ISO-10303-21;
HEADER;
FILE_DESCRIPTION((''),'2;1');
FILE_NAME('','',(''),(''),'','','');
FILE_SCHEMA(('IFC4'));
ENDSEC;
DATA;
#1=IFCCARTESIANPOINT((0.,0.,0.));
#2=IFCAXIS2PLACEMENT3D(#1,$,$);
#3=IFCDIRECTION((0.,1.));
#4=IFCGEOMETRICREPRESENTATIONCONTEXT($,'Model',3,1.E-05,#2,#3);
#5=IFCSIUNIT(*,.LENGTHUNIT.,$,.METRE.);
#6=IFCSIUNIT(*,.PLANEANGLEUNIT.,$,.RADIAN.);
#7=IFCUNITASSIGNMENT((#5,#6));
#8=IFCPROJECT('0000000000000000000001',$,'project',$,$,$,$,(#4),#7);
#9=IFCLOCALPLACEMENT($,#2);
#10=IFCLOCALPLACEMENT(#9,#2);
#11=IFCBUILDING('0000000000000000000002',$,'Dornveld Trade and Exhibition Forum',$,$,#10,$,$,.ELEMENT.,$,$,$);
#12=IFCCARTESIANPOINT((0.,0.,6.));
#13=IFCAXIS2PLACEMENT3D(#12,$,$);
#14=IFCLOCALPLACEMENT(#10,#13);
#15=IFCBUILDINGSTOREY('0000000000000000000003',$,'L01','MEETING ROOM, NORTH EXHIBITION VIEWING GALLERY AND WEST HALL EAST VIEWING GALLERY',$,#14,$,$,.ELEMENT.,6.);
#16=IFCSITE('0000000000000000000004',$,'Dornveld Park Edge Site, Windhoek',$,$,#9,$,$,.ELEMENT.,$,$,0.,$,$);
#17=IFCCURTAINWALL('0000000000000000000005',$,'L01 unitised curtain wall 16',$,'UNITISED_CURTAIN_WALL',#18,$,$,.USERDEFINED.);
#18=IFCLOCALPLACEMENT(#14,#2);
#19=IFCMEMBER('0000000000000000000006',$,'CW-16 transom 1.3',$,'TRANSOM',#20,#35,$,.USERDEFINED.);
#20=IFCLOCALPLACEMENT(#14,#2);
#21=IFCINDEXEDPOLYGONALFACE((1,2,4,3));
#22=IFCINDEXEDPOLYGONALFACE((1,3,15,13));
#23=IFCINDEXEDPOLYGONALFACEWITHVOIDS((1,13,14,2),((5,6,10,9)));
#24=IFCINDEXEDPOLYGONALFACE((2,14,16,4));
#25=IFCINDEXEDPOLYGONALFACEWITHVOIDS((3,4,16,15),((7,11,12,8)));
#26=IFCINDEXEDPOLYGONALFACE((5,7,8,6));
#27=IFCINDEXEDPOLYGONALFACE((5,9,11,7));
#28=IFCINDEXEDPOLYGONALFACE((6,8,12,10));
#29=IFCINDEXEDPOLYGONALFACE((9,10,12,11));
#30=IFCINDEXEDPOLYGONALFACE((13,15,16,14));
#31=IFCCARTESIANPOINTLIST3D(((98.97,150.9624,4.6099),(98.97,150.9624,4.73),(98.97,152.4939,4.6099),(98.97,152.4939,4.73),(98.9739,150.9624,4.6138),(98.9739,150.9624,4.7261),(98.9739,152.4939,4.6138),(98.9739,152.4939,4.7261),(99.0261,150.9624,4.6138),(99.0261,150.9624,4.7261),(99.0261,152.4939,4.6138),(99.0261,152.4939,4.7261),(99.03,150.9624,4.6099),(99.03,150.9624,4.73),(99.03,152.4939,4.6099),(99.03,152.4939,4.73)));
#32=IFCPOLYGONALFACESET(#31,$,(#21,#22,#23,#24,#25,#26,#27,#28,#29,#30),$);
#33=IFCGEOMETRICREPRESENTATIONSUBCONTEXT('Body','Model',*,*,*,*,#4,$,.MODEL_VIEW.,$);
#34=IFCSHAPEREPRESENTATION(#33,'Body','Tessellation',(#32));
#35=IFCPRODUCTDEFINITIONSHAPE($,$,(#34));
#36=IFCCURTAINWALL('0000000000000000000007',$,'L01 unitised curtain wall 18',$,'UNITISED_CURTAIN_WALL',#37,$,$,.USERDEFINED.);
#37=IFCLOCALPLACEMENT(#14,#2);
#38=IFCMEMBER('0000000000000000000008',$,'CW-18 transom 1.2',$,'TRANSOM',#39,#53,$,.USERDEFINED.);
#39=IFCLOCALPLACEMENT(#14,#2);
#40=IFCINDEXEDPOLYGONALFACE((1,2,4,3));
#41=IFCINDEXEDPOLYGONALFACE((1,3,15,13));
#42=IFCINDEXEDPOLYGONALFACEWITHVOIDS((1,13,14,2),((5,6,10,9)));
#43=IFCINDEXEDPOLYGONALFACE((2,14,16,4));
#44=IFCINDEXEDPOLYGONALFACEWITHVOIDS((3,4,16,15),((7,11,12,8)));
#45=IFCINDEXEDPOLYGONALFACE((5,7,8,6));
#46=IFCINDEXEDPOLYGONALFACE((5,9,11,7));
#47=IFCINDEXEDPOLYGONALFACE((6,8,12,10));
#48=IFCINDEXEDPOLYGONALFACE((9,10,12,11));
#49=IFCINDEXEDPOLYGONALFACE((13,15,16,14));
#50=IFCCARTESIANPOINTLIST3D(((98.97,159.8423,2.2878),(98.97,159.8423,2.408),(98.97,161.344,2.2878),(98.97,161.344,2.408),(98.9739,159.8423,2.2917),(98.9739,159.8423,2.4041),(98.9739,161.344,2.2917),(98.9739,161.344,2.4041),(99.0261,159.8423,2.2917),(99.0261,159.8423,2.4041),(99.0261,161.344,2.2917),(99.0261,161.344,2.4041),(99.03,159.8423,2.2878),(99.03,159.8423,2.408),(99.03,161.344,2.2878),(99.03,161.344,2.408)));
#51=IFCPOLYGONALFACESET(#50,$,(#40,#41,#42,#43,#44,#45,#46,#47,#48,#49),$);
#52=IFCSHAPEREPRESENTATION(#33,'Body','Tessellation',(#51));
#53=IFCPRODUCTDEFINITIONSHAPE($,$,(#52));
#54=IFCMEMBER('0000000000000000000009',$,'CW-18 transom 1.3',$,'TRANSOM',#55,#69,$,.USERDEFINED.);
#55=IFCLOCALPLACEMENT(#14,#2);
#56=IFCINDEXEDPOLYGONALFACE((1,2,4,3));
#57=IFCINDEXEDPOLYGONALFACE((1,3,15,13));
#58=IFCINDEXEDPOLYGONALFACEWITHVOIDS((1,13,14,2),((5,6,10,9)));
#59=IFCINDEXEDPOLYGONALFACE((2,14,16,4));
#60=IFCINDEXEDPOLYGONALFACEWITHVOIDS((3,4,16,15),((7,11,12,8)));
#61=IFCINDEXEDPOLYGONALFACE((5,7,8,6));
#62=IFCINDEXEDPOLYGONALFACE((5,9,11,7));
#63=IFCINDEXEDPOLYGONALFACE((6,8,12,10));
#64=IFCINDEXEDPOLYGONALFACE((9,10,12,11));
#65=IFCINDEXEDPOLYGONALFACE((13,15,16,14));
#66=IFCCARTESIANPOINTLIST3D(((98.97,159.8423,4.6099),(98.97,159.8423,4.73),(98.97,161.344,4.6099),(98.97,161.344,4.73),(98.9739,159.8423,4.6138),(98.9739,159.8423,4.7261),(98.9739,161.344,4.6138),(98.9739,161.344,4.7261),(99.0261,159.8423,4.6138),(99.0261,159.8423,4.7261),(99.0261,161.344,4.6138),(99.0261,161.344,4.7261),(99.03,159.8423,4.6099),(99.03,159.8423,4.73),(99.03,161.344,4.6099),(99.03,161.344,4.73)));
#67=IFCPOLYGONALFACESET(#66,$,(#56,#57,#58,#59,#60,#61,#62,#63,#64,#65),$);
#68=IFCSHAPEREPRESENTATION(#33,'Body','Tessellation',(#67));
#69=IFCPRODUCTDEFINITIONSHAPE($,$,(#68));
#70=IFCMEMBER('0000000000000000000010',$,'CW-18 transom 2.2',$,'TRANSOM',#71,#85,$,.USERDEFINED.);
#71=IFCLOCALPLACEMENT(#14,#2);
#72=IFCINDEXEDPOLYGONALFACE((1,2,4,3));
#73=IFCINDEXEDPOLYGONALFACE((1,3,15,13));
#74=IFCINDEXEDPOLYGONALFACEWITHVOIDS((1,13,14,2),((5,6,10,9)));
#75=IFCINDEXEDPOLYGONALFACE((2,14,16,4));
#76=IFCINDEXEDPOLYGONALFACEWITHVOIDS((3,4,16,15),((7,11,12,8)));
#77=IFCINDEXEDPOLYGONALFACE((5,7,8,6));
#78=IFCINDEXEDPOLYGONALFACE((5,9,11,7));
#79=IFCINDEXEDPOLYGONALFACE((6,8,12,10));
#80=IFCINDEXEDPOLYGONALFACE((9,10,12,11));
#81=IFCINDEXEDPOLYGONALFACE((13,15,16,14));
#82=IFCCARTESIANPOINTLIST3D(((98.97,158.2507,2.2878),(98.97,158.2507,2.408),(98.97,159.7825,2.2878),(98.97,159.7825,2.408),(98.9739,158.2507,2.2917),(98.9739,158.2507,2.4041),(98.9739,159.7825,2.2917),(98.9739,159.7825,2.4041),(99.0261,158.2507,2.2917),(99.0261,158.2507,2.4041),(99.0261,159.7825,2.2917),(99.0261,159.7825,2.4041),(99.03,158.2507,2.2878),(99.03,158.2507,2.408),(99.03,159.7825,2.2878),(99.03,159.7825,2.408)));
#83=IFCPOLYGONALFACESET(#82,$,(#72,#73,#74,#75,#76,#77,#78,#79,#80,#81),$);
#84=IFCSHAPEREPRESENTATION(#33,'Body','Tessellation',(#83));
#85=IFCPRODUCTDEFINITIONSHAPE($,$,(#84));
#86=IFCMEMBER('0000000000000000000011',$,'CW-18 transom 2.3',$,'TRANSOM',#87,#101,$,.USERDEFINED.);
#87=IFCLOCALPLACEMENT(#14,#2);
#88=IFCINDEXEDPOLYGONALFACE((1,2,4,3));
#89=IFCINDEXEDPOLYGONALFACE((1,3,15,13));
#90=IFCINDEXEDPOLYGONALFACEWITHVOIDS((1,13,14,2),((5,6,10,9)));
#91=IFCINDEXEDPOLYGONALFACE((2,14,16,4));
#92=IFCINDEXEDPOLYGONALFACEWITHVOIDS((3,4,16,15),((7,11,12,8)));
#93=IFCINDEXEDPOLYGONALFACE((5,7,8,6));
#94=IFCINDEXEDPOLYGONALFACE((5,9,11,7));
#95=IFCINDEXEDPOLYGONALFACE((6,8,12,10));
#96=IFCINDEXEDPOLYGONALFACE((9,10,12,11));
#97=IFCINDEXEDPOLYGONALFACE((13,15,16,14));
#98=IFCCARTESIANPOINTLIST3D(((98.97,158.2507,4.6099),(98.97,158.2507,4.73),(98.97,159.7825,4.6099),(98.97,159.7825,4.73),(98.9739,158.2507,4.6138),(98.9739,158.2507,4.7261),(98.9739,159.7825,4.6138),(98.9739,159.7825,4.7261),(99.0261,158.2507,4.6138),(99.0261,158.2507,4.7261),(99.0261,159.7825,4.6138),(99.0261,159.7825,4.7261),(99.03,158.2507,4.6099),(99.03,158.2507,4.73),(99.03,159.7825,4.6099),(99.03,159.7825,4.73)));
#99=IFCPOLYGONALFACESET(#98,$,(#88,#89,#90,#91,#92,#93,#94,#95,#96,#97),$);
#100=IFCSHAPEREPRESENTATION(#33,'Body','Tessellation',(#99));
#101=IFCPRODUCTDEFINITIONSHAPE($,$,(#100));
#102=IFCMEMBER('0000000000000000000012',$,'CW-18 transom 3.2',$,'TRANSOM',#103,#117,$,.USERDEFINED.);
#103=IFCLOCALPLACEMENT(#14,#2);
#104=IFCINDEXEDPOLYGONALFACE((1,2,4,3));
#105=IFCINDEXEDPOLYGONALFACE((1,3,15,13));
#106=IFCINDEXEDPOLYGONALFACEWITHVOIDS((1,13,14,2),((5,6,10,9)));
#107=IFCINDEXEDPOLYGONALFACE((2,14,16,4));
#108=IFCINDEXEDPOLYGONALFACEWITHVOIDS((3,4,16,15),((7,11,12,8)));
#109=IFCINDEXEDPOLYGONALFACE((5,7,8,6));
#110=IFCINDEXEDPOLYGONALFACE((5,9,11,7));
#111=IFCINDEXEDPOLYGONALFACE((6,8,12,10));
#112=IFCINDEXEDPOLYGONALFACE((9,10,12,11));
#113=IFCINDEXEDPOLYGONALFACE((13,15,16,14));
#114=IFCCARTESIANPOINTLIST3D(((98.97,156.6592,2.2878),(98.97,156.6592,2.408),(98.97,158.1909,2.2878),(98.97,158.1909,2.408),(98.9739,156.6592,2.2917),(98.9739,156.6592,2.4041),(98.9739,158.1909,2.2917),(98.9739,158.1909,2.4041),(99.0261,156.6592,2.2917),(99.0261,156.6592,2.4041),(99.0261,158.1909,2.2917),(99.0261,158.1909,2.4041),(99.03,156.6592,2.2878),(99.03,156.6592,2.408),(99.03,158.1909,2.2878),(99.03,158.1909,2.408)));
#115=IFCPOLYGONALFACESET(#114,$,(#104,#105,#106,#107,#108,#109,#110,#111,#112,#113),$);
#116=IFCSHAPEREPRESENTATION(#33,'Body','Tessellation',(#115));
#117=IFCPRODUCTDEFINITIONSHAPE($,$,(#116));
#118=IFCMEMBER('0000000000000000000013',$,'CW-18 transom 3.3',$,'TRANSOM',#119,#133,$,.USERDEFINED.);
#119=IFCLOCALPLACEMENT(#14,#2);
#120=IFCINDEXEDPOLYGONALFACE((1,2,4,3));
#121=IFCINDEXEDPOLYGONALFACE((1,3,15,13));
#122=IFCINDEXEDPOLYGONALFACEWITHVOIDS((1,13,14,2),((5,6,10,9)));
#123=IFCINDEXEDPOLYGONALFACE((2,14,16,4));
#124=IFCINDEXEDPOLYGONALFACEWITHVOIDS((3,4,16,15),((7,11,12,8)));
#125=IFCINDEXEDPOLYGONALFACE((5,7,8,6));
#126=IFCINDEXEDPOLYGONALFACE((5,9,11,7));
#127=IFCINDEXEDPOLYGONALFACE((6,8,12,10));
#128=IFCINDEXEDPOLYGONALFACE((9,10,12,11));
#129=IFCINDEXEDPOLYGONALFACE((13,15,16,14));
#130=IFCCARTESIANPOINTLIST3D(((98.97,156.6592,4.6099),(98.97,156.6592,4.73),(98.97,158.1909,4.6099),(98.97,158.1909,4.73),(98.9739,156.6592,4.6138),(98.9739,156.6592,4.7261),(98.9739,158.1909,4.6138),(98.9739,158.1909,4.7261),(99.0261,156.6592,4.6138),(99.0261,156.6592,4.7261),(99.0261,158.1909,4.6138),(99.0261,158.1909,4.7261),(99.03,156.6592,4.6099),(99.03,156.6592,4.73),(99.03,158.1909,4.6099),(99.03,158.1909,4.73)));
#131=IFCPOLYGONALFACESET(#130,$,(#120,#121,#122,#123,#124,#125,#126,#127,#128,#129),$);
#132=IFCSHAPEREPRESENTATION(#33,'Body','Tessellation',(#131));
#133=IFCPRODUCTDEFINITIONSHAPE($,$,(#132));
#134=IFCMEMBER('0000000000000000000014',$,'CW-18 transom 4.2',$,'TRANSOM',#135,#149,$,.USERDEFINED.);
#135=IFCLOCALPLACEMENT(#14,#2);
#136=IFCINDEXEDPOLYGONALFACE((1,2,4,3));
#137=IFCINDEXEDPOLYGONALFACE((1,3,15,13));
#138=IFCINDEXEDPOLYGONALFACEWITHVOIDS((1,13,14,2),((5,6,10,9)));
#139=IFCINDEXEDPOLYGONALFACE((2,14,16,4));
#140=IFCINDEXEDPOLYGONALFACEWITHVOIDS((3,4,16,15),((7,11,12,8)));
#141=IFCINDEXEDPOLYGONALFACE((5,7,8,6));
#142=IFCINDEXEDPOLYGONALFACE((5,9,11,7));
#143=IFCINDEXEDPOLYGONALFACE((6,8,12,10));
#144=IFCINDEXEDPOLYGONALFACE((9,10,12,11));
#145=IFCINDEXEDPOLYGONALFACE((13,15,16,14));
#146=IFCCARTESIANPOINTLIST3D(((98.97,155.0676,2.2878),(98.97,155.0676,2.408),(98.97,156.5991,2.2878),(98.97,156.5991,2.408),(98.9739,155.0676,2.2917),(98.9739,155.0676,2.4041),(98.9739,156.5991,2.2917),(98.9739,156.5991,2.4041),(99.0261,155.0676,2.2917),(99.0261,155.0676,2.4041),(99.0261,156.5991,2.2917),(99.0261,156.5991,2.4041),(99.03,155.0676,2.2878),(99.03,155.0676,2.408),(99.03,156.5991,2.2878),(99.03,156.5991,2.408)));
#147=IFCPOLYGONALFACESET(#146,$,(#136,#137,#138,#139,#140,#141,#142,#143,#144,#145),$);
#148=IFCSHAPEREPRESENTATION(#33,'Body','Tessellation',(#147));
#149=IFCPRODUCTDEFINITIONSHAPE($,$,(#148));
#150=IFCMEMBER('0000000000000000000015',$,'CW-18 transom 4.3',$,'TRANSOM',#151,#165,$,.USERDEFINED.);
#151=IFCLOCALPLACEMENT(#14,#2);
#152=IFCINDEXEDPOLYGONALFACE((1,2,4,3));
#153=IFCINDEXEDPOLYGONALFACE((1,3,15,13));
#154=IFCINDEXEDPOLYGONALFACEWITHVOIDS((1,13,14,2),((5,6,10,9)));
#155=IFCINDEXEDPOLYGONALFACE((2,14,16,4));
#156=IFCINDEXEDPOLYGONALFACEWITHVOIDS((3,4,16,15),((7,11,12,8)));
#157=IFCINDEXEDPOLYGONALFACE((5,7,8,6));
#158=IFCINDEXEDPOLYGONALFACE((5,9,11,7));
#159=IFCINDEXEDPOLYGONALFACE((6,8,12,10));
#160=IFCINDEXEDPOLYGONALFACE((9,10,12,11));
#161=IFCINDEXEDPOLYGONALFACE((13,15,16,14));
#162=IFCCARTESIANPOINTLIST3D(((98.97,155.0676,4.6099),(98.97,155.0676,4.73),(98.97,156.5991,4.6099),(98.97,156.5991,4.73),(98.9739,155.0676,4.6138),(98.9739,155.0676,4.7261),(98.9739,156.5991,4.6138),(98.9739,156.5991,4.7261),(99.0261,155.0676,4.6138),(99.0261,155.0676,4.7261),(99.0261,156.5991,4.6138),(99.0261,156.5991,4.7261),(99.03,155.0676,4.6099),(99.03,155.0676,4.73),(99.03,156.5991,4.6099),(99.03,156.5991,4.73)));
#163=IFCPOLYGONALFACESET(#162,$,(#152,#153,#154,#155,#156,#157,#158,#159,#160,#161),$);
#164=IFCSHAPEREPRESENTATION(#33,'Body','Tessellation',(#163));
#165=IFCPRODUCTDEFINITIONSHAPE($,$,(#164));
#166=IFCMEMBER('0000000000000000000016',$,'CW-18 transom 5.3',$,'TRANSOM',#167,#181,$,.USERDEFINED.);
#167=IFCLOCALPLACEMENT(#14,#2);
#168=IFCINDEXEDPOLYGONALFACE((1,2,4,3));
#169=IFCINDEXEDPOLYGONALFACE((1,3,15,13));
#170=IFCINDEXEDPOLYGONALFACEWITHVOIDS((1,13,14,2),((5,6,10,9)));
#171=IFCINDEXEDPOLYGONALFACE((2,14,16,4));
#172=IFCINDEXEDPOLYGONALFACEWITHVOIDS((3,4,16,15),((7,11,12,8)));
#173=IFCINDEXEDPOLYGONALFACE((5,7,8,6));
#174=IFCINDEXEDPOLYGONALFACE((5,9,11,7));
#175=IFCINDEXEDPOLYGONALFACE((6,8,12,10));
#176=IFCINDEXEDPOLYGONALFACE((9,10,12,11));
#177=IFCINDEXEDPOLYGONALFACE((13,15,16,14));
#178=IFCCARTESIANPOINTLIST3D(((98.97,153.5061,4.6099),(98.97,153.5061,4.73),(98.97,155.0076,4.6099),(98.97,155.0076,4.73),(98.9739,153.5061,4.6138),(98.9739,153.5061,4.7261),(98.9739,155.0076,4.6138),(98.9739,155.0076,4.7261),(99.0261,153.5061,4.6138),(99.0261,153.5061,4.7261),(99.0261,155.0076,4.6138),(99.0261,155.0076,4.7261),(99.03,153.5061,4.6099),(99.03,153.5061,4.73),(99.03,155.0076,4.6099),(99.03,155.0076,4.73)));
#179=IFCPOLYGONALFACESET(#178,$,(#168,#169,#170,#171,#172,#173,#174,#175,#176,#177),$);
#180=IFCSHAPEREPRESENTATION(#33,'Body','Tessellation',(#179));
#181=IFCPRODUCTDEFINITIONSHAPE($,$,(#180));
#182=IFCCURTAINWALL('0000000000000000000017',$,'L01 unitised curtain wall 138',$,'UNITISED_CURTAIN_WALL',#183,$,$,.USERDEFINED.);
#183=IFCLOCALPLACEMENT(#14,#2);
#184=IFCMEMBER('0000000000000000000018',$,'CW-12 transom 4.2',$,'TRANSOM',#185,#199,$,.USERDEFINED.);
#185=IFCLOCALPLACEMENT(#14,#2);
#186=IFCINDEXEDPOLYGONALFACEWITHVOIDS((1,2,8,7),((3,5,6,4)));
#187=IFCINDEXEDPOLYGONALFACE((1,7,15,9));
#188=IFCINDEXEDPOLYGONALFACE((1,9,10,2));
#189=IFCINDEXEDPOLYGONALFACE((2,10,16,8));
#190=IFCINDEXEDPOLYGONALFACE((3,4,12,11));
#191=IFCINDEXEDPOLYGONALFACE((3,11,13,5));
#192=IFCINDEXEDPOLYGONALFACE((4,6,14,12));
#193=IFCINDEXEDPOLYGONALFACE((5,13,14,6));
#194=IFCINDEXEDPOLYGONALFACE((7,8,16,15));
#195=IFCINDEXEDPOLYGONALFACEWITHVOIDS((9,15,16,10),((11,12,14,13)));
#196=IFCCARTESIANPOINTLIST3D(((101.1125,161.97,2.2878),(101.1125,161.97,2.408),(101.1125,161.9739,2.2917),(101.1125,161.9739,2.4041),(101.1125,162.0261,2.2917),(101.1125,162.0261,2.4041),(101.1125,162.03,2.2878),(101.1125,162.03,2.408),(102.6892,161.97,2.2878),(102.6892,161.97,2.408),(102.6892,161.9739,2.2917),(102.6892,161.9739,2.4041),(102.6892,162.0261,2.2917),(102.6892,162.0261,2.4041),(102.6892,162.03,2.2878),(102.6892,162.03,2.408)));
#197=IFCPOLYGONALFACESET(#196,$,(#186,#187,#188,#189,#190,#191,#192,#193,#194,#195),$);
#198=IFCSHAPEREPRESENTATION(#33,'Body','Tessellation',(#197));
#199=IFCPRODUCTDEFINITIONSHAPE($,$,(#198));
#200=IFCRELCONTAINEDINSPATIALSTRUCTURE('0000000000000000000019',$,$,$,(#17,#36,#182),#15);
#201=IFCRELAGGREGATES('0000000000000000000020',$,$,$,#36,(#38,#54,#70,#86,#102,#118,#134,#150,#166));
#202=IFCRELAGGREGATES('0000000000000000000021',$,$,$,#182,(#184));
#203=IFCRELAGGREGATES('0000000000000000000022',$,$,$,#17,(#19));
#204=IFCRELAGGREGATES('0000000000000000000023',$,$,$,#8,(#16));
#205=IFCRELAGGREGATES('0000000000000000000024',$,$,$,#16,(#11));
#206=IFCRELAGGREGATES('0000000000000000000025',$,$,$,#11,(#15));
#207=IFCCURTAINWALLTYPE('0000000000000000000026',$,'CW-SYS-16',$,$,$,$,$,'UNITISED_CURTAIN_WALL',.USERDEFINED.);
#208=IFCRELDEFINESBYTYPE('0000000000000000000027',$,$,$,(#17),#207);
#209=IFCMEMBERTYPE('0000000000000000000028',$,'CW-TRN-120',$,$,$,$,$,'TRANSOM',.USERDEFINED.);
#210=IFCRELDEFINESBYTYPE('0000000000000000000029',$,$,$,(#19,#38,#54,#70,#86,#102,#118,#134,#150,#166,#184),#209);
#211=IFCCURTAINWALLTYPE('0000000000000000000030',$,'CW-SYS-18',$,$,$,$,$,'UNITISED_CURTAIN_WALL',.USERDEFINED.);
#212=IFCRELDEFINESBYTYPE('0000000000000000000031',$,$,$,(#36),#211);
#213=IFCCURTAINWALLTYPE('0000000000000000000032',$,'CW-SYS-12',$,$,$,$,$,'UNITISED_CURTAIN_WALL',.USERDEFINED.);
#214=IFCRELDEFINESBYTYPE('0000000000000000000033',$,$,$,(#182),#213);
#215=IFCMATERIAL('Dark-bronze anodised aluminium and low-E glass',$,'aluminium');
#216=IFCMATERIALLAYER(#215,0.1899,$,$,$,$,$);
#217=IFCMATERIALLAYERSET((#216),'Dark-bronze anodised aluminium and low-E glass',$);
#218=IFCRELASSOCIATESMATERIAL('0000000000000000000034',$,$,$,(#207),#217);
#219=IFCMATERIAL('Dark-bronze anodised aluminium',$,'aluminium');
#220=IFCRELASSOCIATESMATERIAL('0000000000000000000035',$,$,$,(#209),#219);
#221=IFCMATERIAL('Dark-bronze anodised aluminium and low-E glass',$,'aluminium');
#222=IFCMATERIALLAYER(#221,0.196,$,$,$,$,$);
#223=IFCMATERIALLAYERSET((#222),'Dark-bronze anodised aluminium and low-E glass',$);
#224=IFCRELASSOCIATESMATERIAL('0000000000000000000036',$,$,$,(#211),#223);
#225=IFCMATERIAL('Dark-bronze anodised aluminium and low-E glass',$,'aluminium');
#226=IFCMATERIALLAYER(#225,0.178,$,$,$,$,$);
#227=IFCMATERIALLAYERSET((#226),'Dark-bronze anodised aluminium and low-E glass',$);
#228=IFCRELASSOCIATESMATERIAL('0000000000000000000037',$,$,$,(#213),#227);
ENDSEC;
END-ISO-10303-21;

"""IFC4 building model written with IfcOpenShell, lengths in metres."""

from ifc_helpers import new_model, si_unit, direction, frame, origin, origin_2d, place, context, subcontext, project, spatial, hollow_rectangle, extrude, material, layer, layer_set, material_profile, profile_set, type_object, element, aggregate, save


model = new_model("IFC4")

# Units and contexts
model_context = context("Model", 3, precision=1e-05, world=origin(), true_north=direction((0.0, 1.0)))
body_context = subcontext(model_context, "Body", "Model", "MODEL_VIEW")
ifc_project = project(units=[si_unit("LENGTHUNIT", "METRE"), si_unit("PLANEANGLEUNIT", "RADIAN")], contexts=[model_context])

# Site, building, storey
site_placement = place(None, origin())
site = spatial("IfcSite", under=ifc_project, at=site_placement, Name="Dornveld Park Edge Site, Windhoek", CompositionType="ELEMENT", RefElevation=0.0)
building_placement = place(site_placement, origin())
building = spatial("IfcBuilding", under=site, at=building_placement, Name="Dornveld Trade and Exhibition Forum", CompositionType="ELEMENT")
storey_placement = place(building_placement, frame((0.0, 0.0, 6.0)))
storey = spatial("IfcBuildingStorey", under=building, at=storey_placement, Name="L01", Description="MEETING ROOM, NORTH EXHIBITION VIEWING GALLERY AND WEST HALL EAST VIEWING GALLERY", CompositionType="ELEMENT", Elevation=6.0)

# Curtain wall, member
ifc_material_1 = material(Name="Dark-bronze anodised aluminium and low-E glass", Category="aluminium")
ifc_layer_1 = layer(ifc_material_1, 0.1899)
ifc_layer_set_1 = layer_set([ifc_layer_1], Name="Dark-bronze anodised aluminium and low-E glass")
curtain_wall_type_1 = type_object("IfcCurtainWallType", Name="CW-SYS-16", ElementType="UNITISED_CURTAIN_WALL", PredefinedType="USERDEFINED", material=ifc_layer_set_1)
curtain_wall_1_placement = place(storey_placement, origin())
curtain_wall_1 = element("IfcCurtainWall", 1, at=curtain_wall_1_placement, inside=storey, type_object=curtain_wall_type_1, Name="L01 unitised curtain wall 16", ObjectType="UNITISED_CURTAIN_WALL", PredefinedType="USERDEFINED")
ifc_material_2 = material(Name="Dark-bronze anodised aluminium", Category="aluminium")
ifc_material_profile_1 = material_profile(ifc_material_2, hollow_rectangle(XDim=0.0601, YDim=0.1201, WallThickness=0.0039, at=origin_2d()), Name="RHS 120x60x4")
ifc_profile_set_1 = profile_set([ifc_material_profile_1], Name="Dark-bronze anodised aluminium")
member_type_1 = type_object("IfcMemberType", Name="CW-TRN-120", ElementType="TRANSOM", PredefinedType="USERDEFINED", material=ifc_profile_set_1)
member_1_placement = place(storey_placement, frame((99.0, 152.4939, 4.6699), z_axis=(0.0, -1.0, 0.0), x_axis=(1.0, 0.0, 0.0)))
member_1 = element("IfcMember", 2, at=member_1_placement, type_object=member_type_1, Name="CW-16 transom 1.3", ObjectType="TRANSOM", PredefinedType="USERDEFINED", context=body_context, shape_type="SweptSolid", body=[
    extrude(hollow_rectangle(XDim=0.0601, YDim=0.1201, WallThickness=0.0039, at=origin_2d()), origin(), (0.0, 0.0, 1.0), 1.5315),
])

# Curtain walls, members
ifc_material_3 = material(Name="Dark-bronze anodised aluminium and low-E glass", Category="aluminium")
ifc_layer_2 = layer(ifc_material_3, 0.196)
ifc_layer_set_2 = layer_set([ifc_layer_2], Name="Dark-bronze anodised aluminium and low-E glass")
curtain_wall_type_2 = type_object("IfcCurtainWallType", Name="CW-SYS-18", ElementType="UNITISED_CURTAIN_WALL", PredefinedType="USERDEFINED", material=ifc_layer_set_2)
curtain_wall_2_placement = place(storey_placement, origin())
curtain_wall_2 = element("IfcCurtainWall", 3, at=curtain_wall_2_placement, inside=storey, type_object=curtain_wall_type_2, Name="L01 unitised curtain wall 18", ObjectType="UNITISED_CURTAIN_WALL", PredefinedType="USERDEFINED")
member_2_placement = place(storey_placement, frame((99.0, 161.344, 2.3479), z_axis=(0.0, -1.0, 0.0), x_axis=(1.0, 0.0, 0.0)))
member_2 = element("IfcMember", 4, at=member_2_placement, type_object=member_type_1, Name="CW-18 transom 1.2", ObjectType="TRANSOM", PredefinedType="USERDEFINED", context=body_context, shape_type="SweptSolid", body=[
    extrude(hollow_rectangle(XDim=0.0601, YDim=0.1201, WallThickness=0.0039, at=origin_2d()), origin(), (0.0, 0.0, 1.0), 1.5017),
])
member_3_placement = place(storey_placement, frame((99.0, 161.344, 4.6699), z_axis=(0.0, -1.0, 0.0), x_axis=(1.0, 0.0, 0.0)))
member_3 = element("IfcMember", 5, at=member_3_placement, type_object=member_type_1, Name="CW-18 transom 1.3", ObjectType="TRANSOM", PredefinedType="USERDEFINED", context=body_context, shape_type="SweptSolid", body=[
    extrude(hollow_rectangle(XDim=0.0601, YDim=0.1201, WallThickness=0.0039, at=origin_2d()), origin(), (0.0, 0.0, 1.0), 1.5017),
])
member_4_placement = place(storey_placement, frame((99.0, 159.7825, 2.3479), z_axis=(0.0, -1.0, 0.0), x_axis=(1.0, 0.0, 0.0)))
member_4 = element("IfcMember", 6, at=member_4_placement, type_object=member_type_1, Name="CW-18 transom 2.2", ObjectType="TRANSOM", PredefinedType="USERDEFINED", context=body_context, shape_type="SweptSolid", body=[
    extrude(hollow_rectangle(XDim=0.0601, YDim=0.1201, WallThickness=0.0039, at=origin_2d()), origin(), (0.0, 0.0, 1.0), 1.5317),
])
member_5_placement = place(storey_placement, frame((99.0, 159.7825, 4.6699), z_axis=(0.0, -1.0, 0.0), x_axis=(1.0, 0.0, 0.0)))
member_5 = element("IfcMember", 7, at=member_5_placement, type_object=member_type_1, Name="CW-18 transom 2.3", ObjectType="TRANSOM", PredefinedType="USERDEFINED", context=body_context, shape_type="SweptSolid", body=[
    extrude(hollow_rectangle(XDim=0.0601, YDim=0.1201, WallThickness=0.0039, at=origin_2d()), origin(), (0.0, 0.0, 1.0), 1.5317),
])
member_6_placement = place(storey_placement, frame((99.0, 158.1909, 2.3479), z_axis=(0.0, -1.0, 0.0), x_axis=(1.0, 0.0, 0.0)))
member_6 = element("IfcMember", 8, at=member_6_placement, type_object=member_type_1, Name="CW-18 transom 3.2", ObjectType="TRANSOM", PredefinedType="USERDEFINED", context=body_context, shape_type="SweptSolid", body=[
    extrude(hollow_rectangle(XDim=0.0601, YDim=0.1201, WallThickness=0.0039, at=origin_2d()), origin(), (0.0, 0.0, 1.0), 1.5317),
])
member_7_placement = place(storey_placement, frame((99.0, 158.1909, 4.6699), z_axis=(0.0, -1.0, 0.0), x_axis=(1.0, 0.0, 0.0)))
member_7 = element("IfcMember", 9, at=member_7_placement, type_object=member_type_1, Name="CW-18 transom 3.3", ObjectType="TRANSOM", PredefinedType="USERDEFINED", context=body_context, shape_type="SweptSolid", body=[
    extrude(hollow_rectangle(XDim=0.0601, YDim=0.1201, WallThickness=0.0039, at=origin_2d()), origin(), (0.0, 0.0, 1.0), 1.5317),
])
member_8_placement = place(storey_placement, frame((99.0, 156.5991, 2.3479), z_axis=(0.0, -1.0, 0.0), x_axis=(1.0, 0.0, 0.0)))
member_8 = element("IfcMember", 10, at=member_8_placement, type_object=member_type_1, Name="CW-18 transom 4.2", ObjectType="TRANSOM", PredefinedType="USERDEFINED", context=body_context, shape_type="SweptSolid", body=[
    extrude(hollow_rectangle(XDim=0.0601, YDim=0.1201, WallThickness=0.0039, at=origin_2d()), origin(), (0.0, 0.0, 1.0), 1.5315),
])
member_9_placement = place(storey_placement, frame((99.0, 156.5991, 4.6699), z_axis=(0.0, -1.0, 0.0), x_axis=(1.0, 0.0, 0.0)))
member_9 = element("IfcMember", 11, at=member_9_placement, type_object=member_type_1, Name="CW-18 transom 4.3", ObjectType="TRANSOM", PredefinedType="USERDEFINED", context=body_context, shape_type="SweptSolid", body=[
    extrude(hollow_rectangle(XDim=0.0601, YDim=0.1201, WallThickness=0.0039, at=origin_2d()), origin(), (0.0, 0.0, 1.0), 1.5315),
])
member_10_placement = place(storey_placement, frame((99.0, 155.0076, 4.6699), z_axis=(0.0, -1.0, 0.0), x_axis=(1.0, 0.0, 0.0)))
member_10 = element("IfcMember", 12, at=member_10_placement, type_object=member_type_1, Name="CW-18 transom 5.3", ObjectType="TRANSOM", PredefinedType="USERDEFINED", context=body_context, shape_type="SweptSolid", body=[
    extrude(hollow_rectangle(XDim=0.0601, YDim=0.1201, WallThickness=0.0039, at=origin_2d()), origin(), (0.0, 0.0, 1.0), 1.5015),
])
ifc_material_4 = material(Name="Dark-bronze anodised aluminium and low-E glass", Category="aluminium")
ifc_layer_3 = layer(ifc_material_4, 0.178)
ifc_layer_set_3 = layer_set([ifc_layer_3], Name="Dark-bronze anodised aluminium and low-E glass")
curtain_wall_type_3 = type_object("IfcCurtainWallType", Name="CW-SYS-12", ElementType="UNITISED_CURTAIN_WALL", PredefinedType="USERDEFINED", material=ifc_layer_set_3)
curtain_wall_3_placement = place(storey_placement, origin())
curtain_wall_3 = element("IfcCurtainWall", 13, at=curtain_wall_3_placement, inside=storey, type_object=curtain_wall_type_3, Name="L01 unitised curtain wall 138", ObjectType="UNITISED_CURTAIN_WALL", PredefinedType="USERDEFINED")
member_11_placement = place(storey_placement, frame((102.6892, 162.0, 2.3479), z_axis=(-1.0, 0.0, 0.0), x_axis=(0.0, -1.0, 0.0)))
member_11 = element("IfcMember", 14, at=member_11_placement, type_object=member_type_1, Name="CW-12 transom 4.2", ObjectType="TRANSOM", PredefinedType="USERDEFINED", context=body_context, shape_type="SweptSolid", body=[
    extrude(hollow_rectangle(XDim=0.0601, YDim=0.1201, WallThickness=0.0039, at=origin_2d()), origin(), (0.0, 0.0, 1.0), 1.5767),
])

aggregate(curtain_wall_2, [member_2, member_3, member_4, member_5, member_6, member_7, member_8, member_9, member_10])
aggregate(curtain_wall_3, [member_11])
aggregate(curtain_wall_1, [member_1])

save(model, "model.ifc")
